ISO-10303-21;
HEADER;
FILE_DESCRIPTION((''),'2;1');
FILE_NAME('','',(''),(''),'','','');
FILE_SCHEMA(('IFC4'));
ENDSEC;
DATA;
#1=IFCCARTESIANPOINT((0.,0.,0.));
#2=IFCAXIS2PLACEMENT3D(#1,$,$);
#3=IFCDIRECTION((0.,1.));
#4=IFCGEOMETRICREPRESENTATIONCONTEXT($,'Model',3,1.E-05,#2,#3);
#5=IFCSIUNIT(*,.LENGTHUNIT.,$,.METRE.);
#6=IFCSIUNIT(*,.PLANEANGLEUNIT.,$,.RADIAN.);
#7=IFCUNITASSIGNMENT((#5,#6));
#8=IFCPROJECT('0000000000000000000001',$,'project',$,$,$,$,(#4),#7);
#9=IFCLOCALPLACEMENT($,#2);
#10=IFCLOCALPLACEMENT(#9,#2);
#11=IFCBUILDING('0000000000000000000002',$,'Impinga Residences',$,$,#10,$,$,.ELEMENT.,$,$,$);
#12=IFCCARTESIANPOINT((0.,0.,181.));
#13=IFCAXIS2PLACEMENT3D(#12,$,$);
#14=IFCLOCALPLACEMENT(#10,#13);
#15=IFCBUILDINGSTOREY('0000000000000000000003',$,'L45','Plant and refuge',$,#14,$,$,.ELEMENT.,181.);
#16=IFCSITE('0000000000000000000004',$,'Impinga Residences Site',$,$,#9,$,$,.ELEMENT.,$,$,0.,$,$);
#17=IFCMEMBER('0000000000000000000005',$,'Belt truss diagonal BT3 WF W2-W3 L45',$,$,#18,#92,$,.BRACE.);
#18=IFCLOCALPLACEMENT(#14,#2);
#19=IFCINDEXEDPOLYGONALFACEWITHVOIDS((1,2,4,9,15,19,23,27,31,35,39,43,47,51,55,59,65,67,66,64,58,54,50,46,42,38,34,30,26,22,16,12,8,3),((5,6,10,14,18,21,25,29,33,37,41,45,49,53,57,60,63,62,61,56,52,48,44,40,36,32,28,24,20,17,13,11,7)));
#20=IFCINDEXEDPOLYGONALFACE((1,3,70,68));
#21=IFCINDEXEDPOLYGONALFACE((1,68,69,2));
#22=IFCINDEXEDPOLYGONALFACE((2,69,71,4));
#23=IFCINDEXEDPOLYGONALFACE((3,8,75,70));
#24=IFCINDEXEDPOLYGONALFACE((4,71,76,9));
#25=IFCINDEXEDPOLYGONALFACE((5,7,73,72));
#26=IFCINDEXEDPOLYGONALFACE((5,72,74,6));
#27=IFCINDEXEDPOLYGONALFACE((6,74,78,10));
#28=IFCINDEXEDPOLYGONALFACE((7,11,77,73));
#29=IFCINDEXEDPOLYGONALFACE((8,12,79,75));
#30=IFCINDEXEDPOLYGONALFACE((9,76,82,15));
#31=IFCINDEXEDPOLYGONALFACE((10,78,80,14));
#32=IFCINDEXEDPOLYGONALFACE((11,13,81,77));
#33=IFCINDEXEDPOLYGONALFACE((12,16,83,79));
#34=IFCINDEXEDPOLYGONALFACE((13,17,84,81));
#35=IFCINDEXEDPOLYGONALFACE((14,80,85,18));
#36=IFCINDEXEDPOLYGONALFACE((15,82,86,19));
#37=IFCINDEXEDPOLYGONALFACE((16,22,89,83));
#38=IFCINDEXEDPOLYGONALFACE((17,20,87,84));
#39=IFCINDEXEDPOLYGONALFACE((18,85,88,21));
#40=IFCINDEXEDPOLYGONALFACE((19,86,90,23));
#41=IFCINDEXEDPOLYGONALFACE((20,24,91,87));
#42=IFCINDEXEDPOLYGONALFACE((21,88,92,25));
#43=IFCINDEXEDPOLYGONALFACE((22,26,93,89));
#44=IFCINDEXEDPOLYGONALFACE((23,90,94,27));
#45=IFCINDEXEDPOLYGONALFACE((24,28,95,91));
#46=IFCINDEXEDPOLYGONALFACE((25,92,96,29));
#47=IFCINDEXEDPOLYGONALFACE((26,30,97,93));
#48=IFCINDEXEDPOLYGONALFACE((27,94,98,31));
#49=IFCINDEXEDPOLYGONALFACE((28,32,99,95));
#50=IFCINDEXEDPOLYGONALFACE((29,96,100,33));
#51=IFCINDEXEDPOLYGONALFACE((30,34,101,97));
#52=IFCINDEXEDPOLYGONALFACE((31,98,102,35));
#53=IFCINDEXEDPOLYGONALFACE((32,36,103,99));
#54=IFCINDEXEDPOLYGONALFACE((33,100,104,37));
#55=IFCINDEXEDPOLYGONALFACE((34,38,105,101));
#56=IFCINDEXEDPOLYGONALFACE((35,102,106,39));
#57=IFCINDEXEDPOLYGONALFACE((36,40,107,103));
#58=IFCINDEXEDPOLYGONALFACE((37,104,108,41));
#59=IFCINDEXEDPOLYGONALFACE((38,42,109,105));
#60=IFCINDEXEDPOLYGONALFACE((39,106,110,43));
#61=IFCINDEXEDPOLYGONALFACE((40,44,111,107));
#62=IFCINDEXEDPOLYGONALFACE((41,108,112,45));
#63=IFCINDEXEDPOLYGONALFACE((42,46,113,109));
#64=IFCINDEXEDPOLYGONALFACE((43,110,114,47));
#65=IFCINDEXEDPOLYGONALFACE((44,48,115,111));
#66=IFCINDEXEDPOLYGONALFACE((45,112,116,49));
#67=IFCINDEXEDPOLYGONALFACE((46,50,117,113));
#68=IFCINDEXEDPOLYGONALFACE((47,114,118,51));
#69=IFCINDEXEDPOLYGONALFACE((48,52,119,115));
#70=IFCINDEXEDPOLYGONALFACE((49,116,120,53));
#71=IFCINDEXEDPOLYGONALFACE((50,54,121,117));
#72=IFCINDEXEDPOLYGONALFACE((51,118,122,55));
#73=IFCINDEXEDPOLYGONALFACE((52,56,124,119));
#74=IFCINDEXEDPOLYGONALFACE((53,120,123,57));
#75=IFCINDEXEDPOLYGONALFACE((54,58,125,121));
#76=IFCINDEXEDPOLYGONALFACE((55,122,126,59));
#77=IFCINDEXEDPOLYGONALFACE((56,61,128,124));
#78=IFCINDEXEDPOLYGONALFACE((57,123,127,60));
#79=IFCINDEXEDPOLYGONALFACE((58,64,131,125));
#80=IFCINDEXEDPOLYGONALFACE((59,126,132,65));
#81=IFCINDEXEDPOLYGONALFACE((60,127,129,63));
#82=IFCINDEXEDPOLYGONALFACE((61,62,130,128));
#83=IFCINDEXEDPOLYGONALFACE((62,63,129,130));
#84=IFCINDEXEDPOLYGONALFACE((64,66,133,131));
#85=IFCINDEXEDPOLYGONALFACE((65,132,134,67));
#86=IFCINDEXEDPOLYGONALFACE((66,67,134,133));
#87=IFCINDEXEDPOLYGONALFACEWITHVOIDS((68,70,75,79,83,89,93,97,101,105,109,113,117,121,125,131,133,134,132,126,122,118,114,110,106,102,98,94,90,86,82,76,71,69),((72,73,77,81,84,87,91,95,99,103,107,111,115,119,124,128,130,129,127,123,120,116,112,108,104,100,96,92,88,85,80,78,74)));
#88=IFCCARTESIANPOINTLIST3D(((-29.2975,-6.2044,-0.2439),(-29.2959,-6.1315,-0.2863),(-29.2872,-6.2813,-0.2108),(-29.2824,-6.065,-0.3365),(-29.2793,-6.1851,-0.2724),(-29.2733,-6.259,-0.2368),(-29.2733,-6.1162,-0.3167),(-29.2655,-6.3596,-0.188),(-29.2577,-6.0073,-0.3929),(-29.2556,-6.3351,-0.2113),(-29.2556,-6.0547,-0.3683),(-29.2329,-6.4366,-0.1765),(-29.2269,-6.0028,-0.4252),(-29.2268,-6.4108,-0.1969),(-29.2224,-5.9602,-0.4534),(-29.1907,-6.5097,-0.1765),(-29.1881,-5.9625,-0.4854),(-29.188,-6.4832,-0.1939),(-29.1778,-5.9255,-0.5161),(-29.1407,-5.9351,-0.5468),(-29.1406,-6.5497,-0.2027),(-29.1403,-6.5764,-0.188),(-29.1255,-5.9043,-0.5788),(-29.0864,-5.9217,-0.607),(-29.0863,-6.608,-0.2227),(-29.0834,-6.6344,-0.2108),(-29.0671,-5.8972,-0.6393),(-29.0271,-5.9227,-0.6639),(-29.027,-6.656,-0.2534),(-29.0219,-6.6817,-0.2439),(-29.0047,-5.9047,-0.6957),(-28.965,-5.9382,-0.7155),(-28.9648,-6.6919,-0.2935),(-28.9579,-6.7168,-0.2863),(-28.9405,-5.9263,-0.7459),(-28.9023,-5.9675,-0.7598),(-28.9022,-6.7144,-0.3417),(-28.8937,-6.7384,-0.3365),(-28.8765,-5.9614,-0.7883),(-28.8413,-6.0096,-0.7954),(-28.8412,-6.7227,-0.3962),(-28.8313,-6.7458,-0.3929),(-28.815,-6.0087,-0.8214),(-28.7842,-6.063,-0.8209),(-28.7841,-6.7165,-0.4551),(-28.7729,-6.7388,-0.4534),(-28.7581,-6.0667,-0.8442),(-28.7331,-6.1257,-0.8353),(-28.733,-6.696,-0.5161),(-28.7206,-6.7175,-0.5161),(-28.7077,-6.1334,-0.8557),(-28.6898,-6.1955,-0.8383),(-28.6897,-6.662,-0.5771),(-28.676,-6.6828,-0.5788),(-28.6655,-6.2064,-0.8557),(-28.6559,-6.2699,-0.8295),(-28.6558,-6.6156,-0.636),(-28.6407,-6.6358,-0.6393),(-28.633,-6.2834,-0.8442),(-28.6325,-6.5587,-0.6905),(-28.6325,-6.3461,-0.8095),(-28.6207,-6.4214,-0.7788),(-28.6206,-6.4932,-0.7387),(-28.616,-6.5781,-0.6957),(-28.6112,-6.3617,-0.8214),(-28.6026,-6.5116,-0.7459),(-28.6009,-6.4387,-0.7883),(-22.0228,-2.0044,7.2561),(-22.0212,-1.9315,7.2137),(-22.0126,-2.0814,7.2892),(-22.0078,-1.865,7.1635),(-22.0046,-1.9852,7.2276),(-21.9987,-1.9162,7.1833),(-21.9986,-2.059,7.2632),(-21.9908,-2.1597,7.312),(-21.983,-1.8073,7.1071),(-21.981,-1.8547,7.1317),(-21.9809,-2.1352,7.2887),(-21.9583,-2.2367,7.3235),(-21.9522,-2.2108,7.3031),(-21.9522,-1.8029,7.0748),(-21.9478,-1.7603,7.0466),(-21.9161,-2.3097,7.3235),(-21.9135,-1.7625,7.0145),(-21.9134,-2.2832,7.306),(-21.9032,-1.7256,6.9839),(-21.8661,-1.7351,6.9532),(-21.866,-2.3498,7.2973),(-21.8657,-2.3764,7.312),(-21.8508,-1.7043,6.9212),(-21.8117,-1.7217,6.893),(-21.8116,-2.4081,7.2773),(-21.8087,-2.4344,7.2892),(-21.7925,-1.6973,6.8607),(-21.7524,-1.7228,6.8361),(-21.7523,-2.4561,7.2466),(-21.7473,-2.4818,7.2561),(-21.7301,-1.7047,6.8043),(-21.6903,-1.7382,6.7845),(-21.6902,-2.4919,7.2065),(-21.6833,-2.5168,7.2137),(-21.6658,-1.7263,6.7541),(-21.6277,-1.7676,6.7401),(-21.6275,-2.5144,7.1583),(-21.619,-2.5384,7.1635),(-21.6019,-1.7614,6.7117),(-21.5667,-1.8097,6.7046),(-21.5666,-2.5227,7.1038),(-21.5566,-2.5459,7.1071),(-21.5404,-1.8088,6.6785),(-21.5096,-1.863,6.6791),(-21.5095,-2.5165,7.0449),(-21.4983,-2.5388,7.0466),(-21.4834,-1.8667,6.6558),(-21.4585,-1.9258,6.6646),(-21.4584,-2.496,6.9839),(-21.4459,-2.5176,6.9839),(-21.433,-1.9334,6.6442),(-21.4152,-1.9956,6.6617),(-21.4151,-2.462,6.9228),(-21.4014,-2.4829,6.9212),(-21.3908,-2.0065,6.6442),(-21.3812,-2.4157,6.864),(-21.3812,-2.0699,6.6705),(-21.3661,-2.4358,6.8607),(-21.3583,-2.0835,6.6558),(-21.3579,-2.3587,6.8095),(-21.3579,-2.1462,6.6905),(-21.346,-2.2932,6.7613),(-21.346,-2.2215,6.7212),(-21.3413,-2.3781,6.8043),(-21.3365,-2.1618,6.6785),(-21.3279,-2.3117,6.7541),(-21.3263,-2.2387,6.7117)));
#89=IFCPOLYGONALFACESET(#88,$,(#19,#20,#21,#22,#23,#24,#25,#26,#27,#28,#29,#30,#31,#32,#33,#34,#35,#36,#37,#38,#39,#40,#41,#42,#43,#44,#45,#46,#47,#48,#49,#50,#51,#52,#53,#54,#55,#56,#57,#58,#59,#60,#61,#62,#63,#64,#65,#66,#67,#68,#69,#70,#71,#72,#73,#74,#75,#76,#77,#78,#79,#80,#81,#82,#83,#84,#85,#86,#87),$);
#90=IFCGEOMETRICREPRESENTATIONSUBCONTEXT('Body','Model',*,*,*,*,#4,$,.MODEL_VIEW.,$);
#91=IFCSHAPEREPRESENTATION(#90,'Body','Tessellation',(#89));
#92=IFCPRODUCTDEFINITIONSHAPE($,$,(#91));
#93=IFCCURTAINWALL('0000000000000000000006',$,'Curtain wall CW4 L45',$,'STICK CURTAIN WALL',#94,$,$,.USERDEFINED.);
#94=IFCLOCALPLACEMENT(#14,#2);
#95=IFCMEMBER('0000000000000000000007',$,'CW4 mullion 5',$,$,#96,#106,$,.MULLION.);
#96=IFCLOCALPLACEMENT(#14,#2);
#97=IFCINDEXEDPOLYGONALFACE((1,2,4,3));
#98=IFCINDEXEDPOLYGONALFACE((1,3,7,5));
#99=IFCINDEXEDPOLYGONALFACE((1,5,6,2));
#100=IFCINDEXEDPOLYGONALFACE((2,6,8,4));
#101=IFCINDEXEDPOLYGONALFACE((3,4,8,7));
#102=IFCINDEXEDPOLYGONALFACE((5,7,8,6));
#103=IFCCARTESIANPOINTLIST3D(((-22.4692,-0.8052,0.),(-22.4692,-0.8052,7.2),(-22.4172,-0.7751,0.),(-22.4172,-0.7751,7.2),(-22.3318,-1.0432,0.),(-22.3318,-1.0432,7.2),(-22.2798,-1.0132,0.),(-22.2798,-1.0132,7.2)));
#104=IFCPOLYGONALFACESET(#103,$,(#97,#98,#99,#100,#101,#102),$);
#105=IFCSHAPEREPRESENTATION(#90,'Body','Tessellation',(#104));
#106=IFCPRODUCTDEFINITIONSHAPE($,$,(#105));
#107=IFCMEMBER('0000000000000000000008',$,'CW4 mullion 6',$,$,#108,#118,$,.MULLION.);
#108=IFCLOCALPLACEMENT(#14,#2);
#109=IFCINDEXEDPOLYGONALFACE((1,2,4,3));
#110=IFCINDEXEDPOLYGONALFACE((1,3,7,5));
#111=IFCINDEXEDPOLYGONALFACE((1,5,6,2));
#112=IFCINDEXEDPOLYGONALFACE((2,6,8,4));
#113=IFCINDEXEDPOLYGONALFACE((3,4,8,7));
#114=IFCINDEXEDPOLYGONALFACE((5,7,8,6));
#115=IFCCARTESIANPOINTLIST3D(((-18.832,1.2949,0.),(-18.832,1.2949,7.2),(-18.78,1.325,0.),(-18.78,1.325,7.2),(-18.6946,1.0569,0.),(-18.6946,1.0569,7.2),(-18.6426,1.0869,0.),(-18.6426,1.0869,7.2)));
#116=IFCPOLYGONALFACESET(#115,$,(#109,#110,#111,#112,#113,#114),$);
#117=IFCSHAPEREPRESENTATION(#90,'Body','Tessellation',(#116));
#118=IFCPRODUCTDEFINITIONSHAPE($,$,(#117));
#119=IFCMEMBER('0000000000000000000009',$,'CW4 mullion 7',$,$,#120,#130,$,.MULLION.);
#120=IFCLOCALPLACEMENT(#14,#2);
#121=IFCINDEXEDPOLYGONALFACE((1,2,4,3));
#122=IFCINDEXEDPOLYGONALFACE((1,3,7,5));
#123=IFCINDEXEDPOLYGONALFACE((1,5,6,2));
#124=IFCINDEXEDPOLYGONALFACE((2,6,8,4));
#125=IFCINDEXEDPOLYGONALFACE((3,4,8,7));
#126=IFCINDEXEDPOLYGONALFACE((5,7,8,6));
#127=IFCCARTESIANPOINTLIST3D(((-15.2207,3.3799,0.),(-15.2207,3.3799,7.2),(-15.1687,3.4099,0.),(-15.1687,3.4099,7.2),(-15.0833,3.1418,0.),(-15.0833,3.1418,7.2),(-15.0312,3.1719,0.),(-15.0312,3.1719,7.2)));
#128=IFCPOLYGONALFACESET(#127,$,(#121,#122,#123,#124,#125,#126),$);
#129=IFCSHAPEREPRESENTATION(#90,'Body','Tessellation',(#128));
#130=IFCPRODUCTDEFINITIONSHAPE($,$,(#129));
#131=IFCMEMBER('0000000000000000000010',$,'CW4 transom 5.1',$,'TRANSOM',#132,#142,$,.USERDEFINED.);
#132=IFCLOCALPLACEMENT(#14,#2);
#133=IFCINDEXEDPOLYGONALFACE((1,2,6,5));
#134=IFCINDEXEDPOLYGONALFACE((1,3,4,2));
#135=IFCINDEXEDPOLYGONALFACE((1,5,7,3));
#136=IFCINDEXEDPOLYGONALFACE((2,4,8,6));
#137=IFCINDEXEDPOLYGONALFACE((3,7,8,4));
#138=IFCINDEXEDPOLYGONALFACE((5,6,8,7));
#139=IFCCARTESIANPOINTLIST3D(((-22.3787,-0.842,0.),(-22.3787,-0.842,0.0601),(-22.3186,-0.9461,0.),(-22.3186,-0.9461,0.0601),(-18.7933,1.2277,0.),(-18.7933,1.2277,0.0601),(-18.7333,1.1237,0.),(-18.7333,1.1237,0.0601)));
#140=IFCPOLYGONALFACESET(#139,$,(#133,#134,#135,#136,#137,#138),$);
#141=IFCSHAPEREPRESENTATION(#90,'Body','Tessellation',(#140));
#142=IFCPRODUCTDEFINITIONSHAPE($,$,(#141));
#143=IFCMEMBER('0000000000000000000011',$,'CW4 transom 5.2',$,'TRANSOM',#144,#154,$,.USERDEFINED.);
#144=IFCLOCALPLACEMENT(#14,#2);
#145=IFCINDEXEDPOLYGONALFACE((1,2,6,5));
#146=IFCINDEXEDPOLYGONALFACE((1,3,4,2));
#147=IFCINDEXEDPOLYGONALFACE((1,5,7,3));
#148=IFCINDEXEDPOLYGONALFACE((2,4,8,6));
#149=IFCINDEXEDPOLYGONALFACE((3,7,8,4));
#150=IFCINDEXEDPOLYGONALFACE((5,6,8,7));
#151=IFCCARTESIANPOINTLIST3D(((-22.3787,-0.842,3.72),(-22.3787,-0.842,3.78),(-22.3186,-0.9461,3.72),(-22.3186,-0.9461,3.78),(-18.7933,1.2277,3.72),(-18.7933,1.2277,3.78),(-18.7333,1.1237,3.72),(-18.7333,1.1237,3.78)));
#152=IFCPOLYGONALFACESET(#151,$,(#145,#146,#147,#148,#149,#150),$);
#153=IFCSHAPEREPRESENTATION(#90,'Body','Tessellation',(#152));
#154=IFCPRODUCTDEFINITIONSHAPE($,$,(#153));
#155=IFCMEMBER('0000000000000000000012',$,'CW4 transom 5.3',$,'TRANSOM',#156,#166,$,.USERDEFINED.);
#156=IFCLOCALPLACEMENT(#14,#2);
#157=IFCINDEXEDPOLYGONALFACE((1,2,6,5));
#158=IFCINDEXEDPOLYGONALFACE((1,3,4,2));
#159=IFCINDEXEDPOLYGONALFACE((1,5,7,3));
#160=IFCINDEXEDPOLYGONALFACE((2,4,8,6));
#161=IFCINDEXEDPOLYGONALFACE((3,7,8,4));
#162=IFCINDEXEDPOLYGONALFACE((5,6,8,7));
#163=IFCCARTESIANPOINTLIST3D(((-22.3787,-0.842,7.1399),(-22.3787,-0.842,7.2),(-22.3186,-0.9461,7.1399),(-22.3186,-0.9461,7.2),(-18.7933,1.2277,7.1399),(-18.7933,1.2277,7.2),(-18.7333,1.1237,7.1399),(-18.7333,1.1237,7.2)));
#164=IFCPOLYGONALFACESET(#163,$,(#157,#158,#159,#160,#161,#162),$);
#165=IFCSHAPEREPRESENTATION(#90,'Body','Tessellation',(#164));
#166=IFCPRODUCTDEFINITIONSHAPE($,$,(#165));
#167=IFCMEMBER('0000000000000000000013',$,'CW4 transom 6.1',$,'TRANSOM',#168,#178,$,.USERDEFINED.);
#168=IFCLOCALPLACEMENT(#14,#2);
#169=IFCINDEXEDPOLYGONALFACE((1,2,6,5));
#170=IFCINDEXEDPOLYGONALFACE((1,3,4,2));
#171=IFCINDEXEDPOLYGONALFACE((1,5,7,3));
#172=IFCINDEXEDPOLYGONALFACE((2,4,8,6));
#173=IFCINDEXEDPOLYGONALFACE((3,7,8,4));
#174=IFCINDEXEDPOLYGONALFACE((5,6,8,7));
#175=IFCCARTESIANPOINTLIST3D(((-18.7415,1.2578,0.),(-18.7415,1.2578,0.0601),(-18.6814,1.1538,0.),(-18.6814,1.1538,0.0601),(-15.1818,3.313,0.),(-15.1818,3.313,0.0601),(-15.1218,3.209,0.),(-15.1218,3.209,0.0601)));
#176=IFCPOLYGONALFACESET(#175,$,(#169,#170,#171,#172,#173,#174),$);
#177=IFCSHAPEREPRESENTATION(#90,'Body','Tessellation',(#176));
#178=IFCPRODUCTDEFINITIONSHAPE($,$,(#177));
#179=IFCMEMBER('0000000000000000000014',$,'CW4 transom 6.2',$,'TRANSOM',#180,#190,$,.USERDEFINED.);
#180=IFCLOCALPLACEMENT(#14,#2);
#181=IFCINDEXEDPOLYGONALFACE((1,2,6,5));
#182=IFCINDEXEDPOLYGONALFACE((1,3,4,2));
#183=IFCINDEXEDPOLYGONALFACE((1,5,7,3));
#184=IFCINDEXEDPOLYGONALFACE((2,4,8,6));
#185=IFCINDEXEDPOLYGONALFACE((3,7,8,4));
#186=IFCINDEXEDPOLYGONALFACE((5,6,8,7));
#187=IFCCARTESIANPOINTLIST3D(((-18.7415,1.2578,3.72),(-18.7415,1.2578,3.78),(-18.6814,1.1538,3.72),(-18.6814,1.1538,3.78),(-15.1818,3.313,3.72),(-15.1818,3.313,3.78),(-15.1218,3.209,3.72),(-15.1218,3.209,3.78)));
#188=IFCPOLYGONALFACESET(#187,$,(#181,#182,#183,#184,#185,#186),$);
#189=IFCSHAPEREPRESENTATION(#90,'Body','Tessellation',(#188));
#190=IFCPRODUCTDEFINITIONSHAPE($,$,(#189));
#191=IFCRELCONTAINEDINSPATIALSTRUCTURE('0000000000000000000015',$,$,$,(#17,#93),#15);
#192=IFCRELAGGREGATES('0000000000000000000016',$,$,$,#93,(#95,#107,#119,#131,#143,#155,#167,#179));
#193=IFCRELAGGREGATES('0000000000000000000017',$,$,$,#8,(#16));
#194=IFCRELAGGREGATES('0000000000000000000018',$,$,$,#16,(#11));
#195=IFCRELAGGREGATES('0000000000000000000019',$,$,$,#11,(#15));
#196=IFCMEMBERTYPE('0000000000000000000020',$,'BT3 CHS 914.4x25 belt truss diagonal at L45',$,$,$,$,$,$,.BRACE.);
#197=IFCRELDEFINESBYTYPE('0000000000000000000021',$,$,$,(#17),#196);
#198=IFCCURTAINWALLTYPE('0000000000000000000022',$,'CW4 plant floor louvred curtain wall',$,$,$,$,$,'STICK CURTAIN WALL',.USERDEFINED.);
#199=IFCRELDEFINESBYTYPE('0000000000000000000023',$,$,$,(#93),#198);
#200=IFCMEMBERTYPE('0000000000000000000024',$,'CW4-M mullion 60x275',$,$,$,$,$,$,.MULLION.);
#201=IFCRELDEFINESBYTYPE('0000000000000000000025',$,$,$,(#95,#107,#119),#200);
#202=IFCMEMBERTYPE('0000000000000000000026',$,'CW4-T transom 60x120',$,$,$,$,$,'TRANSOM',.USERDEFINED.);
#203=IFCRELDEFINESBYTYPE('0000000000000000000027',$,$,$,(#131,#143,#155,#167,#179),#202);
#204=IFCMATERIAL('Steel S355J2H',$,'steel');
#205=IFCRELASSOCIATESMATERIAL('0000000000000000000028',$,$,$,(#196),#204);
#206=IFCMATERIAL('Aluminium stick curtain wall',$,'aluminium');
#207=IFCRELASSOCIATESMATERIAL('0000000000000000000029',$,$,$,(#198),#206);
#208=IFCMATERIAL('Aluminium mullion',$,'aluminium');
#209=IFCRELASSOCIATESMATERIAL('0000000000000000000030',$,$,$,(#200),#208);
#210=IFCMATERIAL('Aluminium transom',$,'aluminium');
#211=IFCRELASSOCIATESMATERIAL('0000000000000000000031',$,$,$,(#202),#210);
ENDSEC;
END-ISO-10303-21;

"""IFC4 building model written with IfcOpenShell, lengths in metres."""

from ifc_helpers import new_model, si_unit, direction, frame, origin, origin_2d, place, context, subcontext, project, spatial, rectangle, hollow_circle, extrude, material, material_profile, profile_set, type_object, element, aggregate, save


model = new_model("IFC4")

# Units and contexts
model_context = context("Model", 3, precision=1e-05, world=origin(), true_north=direction((0.0, 1.0)))
body_context = subcontext(model_context, "Body", "Model", "MODEL_VIEW")
ifc_project = project(units=[si_unit("LENGTHUNIT", "METRE"), si_unit("PLANEANGLEUNIT", "RADIAN")], contexts=[model_context])

# Site, building, storey
site_placement = place(None, origin())
site = spatial("IfcSite", under=ifc_project, at=site_placement, Name="Impinga Residences Site", CompositionType="ELEMENT", RefElevation=0.0)
building_placement = place(site_placement, origin())
building = spatial("IfcBuilding", under=site, at=building_placement, Name="Impinga Residences", CompositionType="ELEMENT")
storey_placement = place(building_placement, frame((0.0, 0.0, 181.0)))
storey = spatial("IfcBuildingStorey", under=building, at=storey_placement, Name="L45", Description="Plant and refuge", CompositionType="ELEMENT", Elevation=181.0)

# Member
ifc_material_1 = material(Name="Steel S355J2H", Category="steel")
ifc_material_profile_1 = material_profile(ifc_material_1, hollow_circle(Radius=0.4573, WallThickness=0.0249, at=origin_2d()), Name="CHS 914.4x25")
ifc_profile_set_1 = profile_set([ifc_material_profile_1], Name="Steel S355J2H")
member_type_1 = type_object("IfcMemberType", Name="BT3 CHS 914.4x25 belt truss diagonal at L45", PredefinedType="BRACE", material=ifc_profile_set_1)
member_1_placement = place(storey_placement, frame((-21.6746, -2.1216, 6.9839), z_axis=(-0.646004, -0.372964, -0.666015), x_axis=(0.499993, -0.866029, 0.0)))
element("IfcMember", 1, at=member_1_placement, inside=storey, type_object=member_type_1, Name="Belt truss diagonal BT3 WF W2-W3 L45", PredefinedType="BRACE", context=body_context, shape_type="SweptSolid", body=[
    extrude(hollow_circle(Radius=0.4573, WallThickness=0.0249, at=origin_2d()), origin(), (0.0, 0.0, 1.0), 11.261),
])

# Curtain wall, members
ifc_material_2 = material(Name="Aluminium stick curtain wall", Category="aluminium")
curtain_wall_type = type_object("IfcCurtainWallType", Name="CW4 plant floor louvred curtain wall", ElementType="STICK CURTAIN WALL", PredefinedType="USERDEFINED", material=ifc_material_2)
curtain_wall_placement = place(storey_placement, origin())
curtain_wall = element("IfcCurtainWall", 2, at=curtain_wall_placement, inside=storey, type_object=curtain_wall_type, Name="Curtain wall CW4 L45", ObjectType="STICK CURTAIN WALL", PredefinedType="USERDEFINED")
ifc_material_3 = material(Name="Aluminium mullion", Category="aluminium")
ifc_material_profile_2 = material_profile(ifc_material_3, rectangle(XDim=0.0601, YDim=0.2749, at=origin_2d()), Name="60x275 mullion")
ifc_profile_set_2 = profile_set([ifc_material_profile_2], Name="Aluminium mullion")
member_type_2 = type_object("IfcMemberType", Name="CW4-M mullion 60x275", PredefinedType="MULLION", material=ifc_profile_set_2)
member_2_placement = place(storey_placement, frame((-22.3745, -0.9092, 0.0), z_axis=(0.0, 0.0, 1.0), x_axis=(0.866025, 0.5, 0.0)))
member_2 = element("IfcMember", 3, at=member_2_placement, type_object=member_type_2, Name="CW4 mullion 5", PredefinedType="MULLION", context=body_context, shape_type="SweptSolid", body=[
    extrude(rectangle(XDim=0.0601, YDim=0.2749, at=origin_2d()), origin(), (0.0, 0.0, 1.0), 7.2),
])
member_3_placement = place(storey_placement, frame((-18.7373, 1.1909, 0.0), z_axis=(0.0, 0.0, 1.0), x_axis=(0.866025, 0.5, 0.0)))
member_3 = element("IfcMember", 4, at=member_3_placement, type_object=member_type_2, Name="CW4 mullion 6", PredefinedType="MULLION", context=body_context, shape_type="SweptSolid", body=[
    extrude(rectangle(XDim=0.0601, YDim=0.2749, at=origin_2d()), origin(), (0.0, 0.0, 1.0), 7.2),
])
member_4_placement = place(storey_placement, frame((-15.126, 3.2759, 0.0), z_axis=(0.0, 0.0, 1.0), x_axis=(0.866025, 0.5, 0.0)))
member_4 = element("IfcMember", 5, at=member_4_placement, type_object=member_type_2, Name="CW4 mullion 7", PredefinedType="MULLION", context=body_context, shape_type="SweptSolid", body=[
    extrude(rectangle(XDim=0.0601, YDim=0.2749, at=origin_2d()), origin(), (0.0, 0.0, 1.0), 7.2),
])
ifc_material_4 = material(Name="Aluminium transom", Category="aluminium")
ifc_material_profile_3 = material_profile(ifc_material_4, rectangle(XDim=0.0601, YDim=0.1201, at=origin_2d()), Name="60x120 transom")
ifc_profile_set_3 = profile_set([ifc_material_profile_3], Name="Aluminium transom")
member_type_3 = type_object("IfcMemberType", Name="CW4-T transom 60x120", ElementType="TRANSOM", PredefinedType="USERDEFINED", material=ifc_profile_set_3)
member_5_placement = place(storey_placement, frame((-22.3486, -0.894, 0.03), z_axis=(0.86605, 0.499957, 0.0), x_axis=(0.0, 0.0, 1.0)))
member_5 = element("IfcMember", 6, at=member_5_placement, type_object=member_type_3, Name="CW4 transom 5.1", ObjectType="TRANSOM", PredefinedType="USERDEFINED", context=body_context, shape_type="SweptSolid", body=[
    extrude(rectangle(XDim=0.0601, YDim=0.1201, at=origin_2d()), origin(), (0.0, 0.0, 1.0), 4.1399),
])
member_6_placement = place(storey_placement, frame((-22.3486, -0.894, 3.75), z_axis=(0.86605, 0.499957, 0.0), x_axis=(0.0, 0.0, 1.0)))
member_6 = element("IfcMember", 7, at=member_6_placement, type_object=member_type_3, Name="CW4 transom 5.2", ObjectType="TRANSOM", PredefinedType="USERDEFINED", context=body_context, shape_type="SweptSolid", body=[
    extrude(rectangle(XDim=0.0601, YDim=0.1201, at=origin_2d()), origin(), (0.0, 0.0, 1.0), 4.1399),
])
member_7_placement = place(storey_placement, frame((-22.3486, -0.894, 7.1699), z_axis=(0.86605, 0.499957, 0.0), x_axis=(0.0, 0.0, 1.0)))
member_7 = element("IfcMember", 8, at=member_7_placement, type_object=member_type_3, Name="CW4 transom 5.3", ObjectType="TRANSOM", PredefinedType="USERDEFINED", context=body_context, shape_type="SweptSolid", body=[
    extrude(rectangle(XDim=0.0601, YDim=0.1201, at=origin_2d()), origin(), (0.0, 0.0, 1.0), 4.1399),
])
member_8_placement = place(storey_placement, frame((-18.7114, 1.2058, 0.03), z_axis=(0.866019, 0.50001, 0.0), x_axis=(0.0, 0.0, 1.0)))
member_8 = element("IfcMember", 9, at=member_8_placement, type_object=member_type_3, Name="CW4 transom 6.1", ObjectType="TRANSOM", PredefinedType="USERDEFINED", context=body_context, shape_type="SweptSolid", body=[
    extrude(rectangle(XDim=0.0601, YDim=0.1201, at=origin_2d()), origin(), (0.0, 0.0, 1.0), 4.1104),
])
member_9_placement = place(storey_placement, frame((-18.7114, 1.2058, 3.75), z_axis=(0.866019, 0.50001, 0.0), x_axis=(0.0, 0.0, 1.0)))
member_9 = element("IfcMember", 10, at=member_9_placement, type_object=member_type_3, Name="CW4 transom 6.2", ObjectType="TRANSOM", PredefinedType="USERDEFINED", context=body_context, shape_type="SweptSolid", body=[
    extrude(rectangle(XDim=0.0601, YDim=0.1201, at=origin_2d()), origin(), (0.0, 0.0, 1.0), 4.1104),
])
aggregate(curtain_wall, [member_2, member_3, member_4, member_5, member_6, member_7, member_8, member_9])

save(model, "model.ifc")
